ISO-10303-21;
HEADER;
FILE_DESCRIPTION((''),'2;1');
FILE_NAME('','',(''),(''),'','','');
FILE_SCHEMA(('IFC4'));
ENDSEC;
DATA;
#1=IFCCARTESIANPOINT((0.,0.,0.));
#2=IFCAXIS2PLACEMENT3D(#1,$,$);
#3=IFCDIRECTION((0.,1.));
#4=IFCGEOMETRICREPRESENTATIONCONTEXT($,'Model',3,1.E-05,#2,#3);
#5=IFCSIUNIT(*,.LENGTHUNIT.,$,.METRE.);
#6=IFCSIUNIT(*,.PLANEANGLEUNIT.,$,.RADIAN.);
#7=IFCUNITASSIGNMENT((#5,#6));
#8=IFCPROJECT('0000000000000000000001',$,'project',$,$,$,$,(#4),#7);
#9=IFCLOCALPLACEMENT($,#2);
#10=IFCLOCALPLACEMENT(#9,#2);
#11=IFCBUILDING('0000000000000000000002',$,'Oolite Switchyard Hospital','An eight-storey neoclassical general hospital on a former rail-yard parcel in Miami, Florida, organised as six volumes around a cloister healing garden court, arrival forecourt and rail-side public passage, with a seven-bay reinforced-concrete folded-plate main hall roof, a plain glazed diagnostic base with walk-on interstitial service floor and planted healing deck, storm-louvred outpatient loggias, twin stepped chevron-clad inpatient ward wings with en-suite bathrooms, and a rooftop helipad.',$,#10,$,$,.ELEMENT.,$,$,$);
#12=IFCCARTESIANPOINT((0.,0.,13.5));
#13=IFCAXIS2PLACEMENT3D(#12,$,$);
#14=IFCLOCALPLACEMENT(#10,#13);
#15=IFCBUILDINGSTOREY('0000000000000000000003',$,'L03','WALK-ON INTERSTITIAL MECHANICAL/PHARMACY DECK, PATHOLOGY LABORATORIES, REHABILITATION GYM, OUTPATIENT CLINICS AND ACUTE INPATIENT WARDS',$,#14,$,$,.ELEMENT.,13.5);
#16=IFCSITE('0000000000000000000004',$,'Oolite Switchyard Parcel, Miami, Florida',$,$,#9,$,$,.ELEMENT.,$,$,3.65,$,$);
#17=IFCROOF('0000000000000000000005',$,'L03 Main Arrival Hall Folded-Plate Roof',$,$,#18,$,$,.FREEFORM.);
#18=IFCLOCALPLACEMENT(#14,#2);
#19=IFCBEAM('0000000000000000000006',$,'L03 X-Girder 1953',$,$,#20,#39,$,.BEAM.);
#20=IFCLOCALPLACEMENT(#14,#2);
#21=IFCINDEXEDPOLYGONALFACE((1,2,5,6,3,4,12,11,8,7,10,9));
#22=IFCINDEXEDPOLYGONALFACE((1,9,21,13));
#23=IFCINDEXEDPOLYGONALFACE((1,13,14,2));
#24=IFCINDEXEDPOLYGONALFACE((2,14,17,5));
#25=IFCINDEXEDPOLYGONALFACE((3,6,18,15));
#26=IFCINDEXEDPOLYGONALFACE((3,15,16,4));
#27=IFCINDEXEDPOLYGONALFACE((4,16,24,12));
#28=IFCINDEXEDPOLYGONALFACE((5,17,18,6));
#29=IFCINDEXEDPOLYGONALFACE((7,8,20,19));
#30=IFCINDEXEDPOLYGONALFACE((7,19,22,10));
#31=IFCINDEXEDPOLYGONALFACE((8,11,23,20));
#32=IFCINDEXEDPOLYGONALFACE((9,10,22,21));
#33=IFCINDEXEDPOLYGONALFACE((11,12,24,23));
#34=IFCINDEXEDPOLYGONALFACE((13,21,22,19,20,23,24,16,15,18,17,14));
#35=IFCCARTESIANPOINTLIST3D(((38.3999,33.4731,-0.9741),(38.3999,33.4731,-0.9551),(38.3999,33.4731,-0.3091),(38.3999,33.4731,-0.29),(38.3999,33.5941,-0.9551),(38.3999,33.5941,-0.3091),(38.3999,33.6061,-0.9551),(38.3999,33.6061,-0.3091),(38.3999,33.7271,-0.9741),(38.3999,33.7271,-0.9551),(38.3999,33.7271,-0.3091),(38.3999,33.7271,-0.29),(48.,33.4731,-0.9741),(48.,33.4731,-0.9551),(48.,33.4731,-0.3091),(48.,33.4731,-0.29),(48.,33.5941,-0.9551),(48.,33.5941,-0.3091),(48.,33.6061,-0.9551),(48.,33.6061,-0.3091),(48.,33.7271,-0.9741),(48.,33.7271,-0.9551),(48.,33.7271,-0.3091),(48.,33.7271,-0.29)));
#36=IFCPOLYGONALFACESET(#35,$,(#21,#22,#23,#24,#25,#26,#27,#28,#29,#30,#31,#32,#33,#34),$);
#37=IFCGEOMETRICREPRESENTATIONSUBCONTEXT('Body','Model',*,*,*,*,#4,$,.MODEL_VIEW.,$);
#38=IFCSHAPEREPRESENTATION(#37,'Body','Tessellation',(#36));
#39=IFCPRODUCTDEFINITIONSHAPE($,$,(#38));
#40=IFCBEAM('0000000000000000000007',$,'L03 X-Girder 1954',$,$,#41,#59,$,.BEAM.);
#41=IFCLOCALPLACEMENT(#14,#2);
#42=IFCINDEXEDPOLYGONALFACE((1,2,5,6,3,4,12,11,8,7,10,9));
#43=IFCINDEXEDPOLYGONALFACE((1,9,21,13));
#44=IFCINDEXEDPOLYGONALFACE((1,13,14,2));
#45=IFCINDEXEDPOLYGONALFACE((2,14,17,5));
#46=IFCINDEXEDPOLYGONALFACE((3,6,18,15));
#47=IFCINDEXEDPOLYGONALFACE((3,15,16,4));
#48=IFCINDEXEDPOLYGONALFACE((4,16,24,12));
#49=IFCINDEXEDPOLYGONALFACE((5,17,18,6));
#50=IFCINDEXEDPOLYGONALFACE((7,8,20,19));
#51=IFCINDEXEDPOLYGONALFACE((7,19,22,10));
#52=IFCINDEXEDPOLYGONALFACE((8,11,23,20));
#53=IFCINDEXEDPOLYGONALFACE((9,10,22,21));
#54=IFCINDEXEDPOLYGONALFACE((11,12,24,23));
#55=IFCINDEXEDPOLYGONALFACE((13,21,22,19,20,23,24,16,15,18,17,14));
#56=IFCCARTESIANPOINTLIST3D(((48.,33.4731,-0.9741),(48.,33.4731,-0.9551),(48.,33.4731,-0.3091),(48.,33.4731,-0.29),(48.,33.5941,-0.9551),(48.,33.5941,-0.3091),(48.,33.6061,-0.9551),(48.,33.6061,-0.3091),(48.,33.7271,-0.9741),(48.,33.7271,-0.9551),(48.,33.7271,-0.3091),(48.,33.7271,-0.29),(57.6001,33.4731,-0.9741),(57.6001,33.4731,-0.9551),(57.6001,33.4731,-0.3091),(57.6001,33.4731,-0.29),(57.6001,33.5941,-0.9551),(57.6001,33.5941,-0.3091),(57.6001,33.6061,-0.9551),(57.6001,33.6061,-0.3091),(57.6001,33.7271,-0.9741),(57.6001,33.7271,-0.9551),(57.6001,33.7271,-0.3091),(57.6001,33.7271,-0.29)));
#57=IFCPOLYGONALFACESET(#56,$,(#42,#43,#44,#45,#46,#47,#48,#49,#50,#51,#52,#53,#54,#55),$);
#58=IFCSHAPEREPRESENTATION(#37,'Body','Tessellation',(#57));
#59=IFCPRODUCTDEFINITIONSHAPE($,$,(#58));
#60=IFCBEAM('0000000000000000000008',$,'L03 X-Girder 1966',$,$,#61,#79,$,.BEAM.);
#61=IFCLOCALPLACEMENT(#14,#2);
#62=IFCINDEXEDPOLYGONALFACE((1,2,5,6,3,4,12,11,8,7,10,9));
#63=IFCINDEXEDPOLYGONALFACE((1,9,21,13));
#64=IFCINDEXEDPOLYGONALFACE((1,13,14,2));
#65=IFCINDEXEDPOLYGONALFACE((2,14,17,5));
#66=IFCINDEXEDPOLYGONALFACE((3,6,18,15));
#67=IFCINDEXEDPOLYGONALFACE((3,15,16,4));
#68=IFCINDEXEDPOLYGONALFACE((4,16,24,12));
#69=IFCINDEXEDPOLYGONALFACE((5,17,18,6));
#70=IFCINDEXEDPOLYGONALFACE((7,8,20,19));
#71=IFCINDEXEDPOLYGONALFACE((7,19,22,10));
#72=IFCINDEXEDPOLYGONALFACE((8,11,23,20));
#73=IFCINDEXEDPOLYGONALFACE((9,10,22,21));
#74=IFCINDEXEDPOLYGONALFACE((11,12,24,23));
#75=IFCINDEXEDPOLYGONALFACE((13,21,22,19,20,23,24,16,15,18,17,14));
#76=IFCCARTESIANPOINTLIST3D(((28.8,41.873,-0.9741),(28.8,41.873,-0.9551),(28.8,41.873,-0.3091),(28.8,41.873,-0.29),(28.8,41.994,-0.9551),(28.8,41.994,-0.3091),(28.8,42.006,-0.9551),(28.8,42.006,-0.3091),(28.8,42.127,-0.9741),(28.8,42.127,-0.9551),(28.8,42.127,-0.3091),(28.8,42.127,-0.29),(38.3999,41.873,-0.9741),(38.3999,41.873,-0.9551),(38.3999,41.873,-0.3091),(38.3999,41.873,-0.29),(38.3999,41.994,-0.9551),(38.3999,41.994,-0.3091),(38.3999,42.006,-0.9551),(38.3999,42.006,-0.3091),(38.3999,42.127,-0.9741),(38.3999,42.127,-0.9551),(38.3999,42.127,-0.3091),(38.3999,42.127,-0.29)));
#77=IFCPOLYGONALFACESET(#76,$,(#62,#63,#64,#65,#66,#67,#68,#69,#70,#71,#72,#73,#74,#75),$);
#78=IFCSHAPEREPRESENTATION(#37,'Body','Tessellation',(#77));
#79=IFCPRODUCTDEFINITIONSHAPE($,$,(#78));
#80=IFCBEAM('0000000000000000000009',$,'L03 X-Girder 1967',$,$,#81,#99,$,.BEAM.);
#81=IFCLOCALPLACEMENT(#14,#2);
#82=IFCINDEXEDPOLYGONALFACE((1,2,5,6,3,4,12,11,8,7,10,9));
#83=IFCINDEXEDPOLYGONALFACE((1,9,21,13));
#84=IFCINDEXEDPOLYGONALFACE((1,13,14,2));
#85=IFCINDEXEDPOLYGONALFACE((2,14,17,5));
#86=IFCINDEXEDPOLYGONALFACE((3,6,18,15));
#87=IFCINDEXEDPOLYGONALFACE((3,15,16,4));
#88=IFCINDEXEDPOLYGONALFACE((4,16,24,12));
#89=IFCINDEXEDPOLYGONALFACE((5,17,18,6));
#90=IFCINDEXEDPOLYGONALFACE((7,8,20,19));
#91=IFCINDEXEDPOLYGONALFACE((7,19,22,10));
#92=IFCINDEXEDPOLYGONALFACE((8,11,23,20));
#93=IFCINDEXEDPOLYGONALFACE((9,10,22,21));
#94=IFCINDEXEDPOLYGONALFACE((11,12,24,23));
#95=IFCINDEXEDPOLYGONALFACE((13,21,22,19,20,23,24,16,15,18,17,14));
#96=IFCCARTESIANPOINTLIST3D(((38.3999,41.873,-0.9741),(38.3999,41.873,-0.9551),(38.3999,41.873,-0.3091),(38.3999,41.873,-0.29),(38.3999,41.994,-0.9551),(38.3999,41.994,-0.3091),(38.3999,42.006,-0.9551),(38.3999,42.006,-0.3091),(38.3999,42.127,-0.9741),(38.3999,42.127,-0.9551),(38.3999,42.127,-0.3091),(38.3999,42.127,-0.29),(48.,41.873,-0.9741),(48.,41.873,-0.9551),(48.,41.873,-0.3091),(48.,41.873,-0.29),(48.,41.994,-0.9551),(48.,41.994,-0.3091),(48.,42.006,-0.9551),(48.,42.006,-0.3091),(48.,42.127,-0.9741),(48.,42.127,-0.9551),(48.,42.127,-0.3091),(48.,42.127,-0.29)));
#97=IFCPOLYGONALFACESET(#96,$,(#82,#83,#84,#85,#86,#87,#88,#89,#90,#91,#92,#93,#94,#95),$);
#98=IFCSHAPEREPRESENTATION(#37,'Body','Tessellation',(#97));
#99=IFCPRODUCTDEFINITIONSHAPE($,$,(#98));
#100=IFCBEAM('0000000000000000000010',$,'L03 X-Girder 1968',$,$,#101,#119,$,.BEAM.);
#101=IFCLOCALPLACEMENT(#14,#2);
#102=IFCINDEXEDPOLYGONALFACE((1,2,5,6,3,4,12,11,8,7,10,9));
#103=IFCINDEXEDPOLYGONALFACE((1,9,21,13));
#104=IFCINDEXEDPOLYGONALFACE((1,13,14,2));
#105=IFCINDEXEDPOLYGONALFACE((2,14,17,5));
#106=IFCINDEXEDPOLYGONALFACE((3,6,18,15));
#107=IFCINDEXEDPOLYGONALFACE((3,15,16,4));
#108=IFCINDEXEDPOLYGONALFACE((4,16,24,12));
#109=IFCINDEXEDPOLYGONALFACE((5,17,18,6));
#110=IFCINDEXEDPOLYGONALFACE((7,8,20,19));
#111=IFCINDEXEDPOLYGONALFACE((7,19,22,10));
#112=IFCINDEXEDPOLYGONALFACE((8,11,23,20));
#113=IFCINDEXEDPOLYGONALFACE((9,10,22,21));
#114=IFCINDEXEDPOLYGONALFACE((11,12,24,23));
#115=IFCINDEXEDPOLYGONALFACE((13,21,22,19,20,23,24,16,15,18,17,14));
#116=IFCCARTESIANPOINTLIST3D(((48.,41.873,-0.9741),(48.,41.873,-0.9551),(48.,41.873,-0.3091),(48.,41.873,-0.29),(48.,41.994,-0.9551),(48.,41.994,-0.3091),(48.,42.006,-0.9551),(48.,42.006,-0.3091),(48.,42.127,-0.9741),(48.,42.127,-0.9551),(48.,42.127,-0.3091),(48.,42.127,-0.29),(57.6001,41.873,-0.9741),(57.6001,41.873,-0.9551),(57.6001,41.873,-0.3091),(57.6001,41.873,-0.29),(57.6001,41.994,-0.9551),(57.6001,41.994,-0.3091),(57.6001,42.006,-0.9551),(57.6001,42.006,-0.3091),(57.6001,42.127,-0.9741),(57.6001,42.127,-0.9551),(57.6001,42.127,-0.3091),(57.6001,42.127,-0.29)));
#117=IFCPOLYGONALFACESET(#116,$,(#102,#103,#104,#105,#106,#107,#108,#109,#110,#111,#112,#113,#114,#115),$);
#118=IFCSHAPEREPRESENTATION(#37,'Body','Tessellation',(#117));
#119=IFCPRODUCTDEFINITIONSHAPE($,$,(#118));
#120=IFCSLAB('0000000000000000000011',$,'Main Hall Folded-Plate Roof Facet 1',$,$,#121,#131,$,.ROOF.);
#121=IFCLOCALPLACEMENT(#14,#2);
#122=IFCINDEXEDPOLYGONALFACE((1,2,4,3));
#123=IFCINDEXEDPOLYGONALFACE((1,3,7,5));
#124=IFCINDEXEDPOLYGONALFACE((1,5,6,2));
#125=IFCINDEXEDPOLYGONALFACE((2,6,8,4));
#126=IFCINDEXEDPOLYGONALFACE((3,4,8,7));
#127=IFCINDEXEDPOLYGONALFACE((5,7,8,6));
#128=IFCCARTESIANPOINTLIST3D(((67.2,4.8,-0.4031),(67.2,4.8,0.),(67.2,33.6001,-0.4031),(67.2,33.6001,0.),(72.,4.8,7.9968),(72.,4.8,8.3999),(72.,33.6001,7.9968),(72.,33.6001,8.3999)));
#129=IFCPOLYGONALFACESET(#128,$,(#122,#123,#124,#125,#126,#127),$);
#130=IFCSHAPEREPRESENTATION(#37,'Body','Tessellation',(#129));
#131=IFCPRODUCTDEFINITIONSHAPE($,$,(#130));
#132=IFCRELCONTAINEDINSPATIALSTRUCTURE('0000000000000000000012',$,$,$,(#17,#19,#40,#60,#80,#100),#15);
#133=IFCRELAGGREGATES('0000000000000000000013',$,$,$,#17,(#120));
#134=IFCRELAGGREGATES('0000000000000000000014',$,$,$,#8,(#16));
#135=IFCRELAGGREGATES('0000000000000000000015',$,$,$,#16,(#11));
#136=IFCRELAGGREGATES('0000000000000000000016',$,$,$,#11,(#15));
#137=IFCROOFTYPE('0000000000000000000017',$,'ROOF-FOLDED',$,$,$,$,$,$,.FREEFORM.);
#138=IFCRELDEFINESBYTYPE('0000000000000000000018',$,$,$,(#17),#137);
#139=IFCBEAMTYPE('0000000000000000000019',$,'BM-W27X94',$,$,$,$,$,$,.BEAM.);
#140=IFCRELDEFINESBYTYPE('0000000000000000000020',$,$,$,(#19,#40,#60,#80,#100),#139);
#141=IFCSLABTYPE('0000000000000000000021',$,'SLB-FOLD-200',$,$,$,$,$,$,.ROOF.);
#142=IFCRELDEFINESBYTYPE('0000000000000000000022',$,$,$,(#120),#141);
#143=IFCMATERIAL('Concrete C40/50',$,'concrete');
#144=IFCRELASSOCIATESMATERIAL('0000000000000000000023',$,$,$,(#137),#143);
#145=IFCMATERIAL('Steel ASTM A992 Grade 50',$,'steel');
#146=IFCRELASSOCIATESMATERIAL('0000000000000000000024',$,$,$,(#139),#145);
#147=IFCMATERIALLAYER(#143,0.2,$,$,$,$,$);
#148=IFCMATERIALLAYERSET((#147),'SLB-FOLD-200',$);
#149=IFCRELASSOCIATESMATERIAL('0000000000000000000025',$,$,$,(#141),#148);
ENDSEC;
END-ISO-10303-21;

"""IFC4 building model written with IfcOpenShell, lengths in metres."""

from ifc_helpers import new_model, si_unit, direction, frame, origin, origin_2d, place, context, subcontext, project, spatial, polyline, i_section, outline, extrude, material, layer, layer_set, material_profile, profile_set, type_object, element, aggregate, save


model = new_model("IFC4")

# Units and contexts
model_context = context("Model", 3, precision=1e-05, world=origin(), true_north=direction((0.0, 1.0)))
body_context = subcontext(model_context, "Body", "Model", "MODEL_VIEW")
ifc_project = project(units=[si_unit("LENGTHUNIT", "METRE"), si_unit("PLANEANGLEUNIT", "RADIAN")], contexts=[model_context])

# Site, building, storey
site_placement = place(None, origin())
site = spatial("IfcSite", under=ifc_project, at=site_placement, Name="Oolite Switchyard Parcel, Miami, Florida", CompositionType="ELEMENT", RefElevation=3.65)
building_placement = place(site_placement, origin())
building = spatial("IfcBuilding", under=site, at=building_placement, Name="Oolite Switchyard Hospital", Description="An eight-storey neoclassical general hospital on a former rail-yard parcel in Miami, Florida, organised as six volumes around a cloister healing garden court, arrival forecourt and rail-side public passage, with a seven-bay reinforced-concrete folded-plate main hall roof, a plain glazed diagnostic base with walk-on interstitial service floor and planted healing deck, storm-louvred outpatient loggias, twin stepped chevron-clad inpatient ward wings with en-suite bathrooms, and a rooftop helipad.", CompositionType="ELEMENT")
storey_placement = place(building_placement, frame((0.0, 0.0, 13.5)))
storey = spatial("IfcBuildingStorey", under=building, at=storey_placement, Name="L03", Description="WALK-ON INTERSTITIAL MECHANICAL/PHARMACY DECK, PATHOLOGY LABORATORIES, REHABILITATION GYM, OUTPATIENT CLINICS AND ACUTE INPATIENT WARDS", CompositionType="ELEMENT", Elevation=13.5)

# Roof
ifc_material_1 = material(Name="Concrete C40/50", Category="concrete")
roof_type = type_object("IfcRoofType", Name="ROOF-FOLDED", PredefinedType="FREEFORM", material=ifc_material_1)
roof_placement = place(storey_placement, origin())
roof = element("IfcRoof", 1, at=roof_placement, inside=storey, type_object=roof_type, Name="L03 Main Arrival Hall Folded-Plate Roof", PredefinedType="FREEFORM")

# Beams
ifc_material_2 = material(Name="Steel ASTM A992 Grade 50", Category="steel")
ifc_material_profile_1 = material_profile(ifc_material_2, i_section(OverallWidth=0.2539, OverallDepth=0.6841, WebThickness=0.012, FlangeThickness=0.019, at=origin_2d()), Name="W27X94")
ifc_profile_set_1 = profile_set([ifc_material_profile_1], Name="Steel ASTM A992 Grade 50")
beam_type_1 = type_object("IfcBeamType", Name="BM-W27X94", PredefinedType="BEAM", material=ifc_profile_set_1)
for number, where, z_axis, x_axis, name in (
    (2, (38.3999, 33.6001, -0.6321), (1.0, 0.0, 0.0), (0.0, 1.0, 0.0), "L03 X-Girder 1953"),
    (3, (48.0, 33.6001, -0.6321), (1.0, 0.0, 0.0), (0.0, 1.0, 0.0), "L03 X-Girder 1954"),
):
    element("IfcBeam", number, at=place(storey_placement, frame(where, z_axis=z_axis, x_axis=x_axis)), inside=storey, type_object=beam_type_1, Name=name, PredefinedType="BEAM", context=body_context, shape_type="SweptSolid", body=[
        extrude(i_section(OverallWidth=0.2539, OverallDepth=0.6841, WebThickness=0.012, FlangeThickness=0.019, at=origin_2d()), origin(), (0.0, 0.0, 1.0), 9.6001),
    ])
beam_1_placement = place(storey_placement, frame((28.8, 42.0, -0.6321), z_axis=(1.0, 0.0, 0.0), x_axis=(0.0, 1.0, 0.0)))
element("IfcBeam", 4, at=beam_1_placement, inside=storey, type_object=beam_type_1, Name="L03 X-Girder 1966", PredefinedType="BEAM", context=body_context, shape_type="SweptSolid", body=[
    extrude(i_section(OverallWidth=0.2539, OverallDepth=0.6841, WebThickness=0.012, FlangeThickness=0.019, at=origin_2d()), origin(), (0.0, 0.0, 1.0), 9.5999),
])
for number, where, z_axis, x_axis, name in (
    (5, (38.3999, 42.0, -0.6321), (1.0, 0.0, 0.0), (0.0, 1.0, 0.0), "L03 X-Girder 1967"),
    (6, (48.0, 42.0, -0.6321), (1.0, 0.0, 0.0), (0.0, 1.0, 0.0), "L03 X-Girder 1968"),
):
    element("IfcBeam", number, at=place(storey_placement, frame(where, z_axis=z_axis, x_axis=x_axis)), inside=storey, type_object=beam_type_1, Name=name, PredefinedType="BEAM", context=body_context, shape_type="SweptSolid", body=[
        extrude(i_section(OverallWidth=0.2539, OverallDepth=0.6841, WebThickness=0.012, FlangeThickness=0.019, at=origin_2d()), origin(), (0.0, 0.0, 1.0), 9.6001),
    ])

# Slab
ifc_layer = layer(ifc_material_1, 0.2)
ifc_layer_set = layer_set([ifc_layer], Name="SLB-FOLD-200")
slab_type = type_object("IfcSlabType", Name="SLB-FOLD-200", PredefinedType="ROOF", material=ifc_layer_set)
slab_placement = place(storey_placement, frame((67.2, 4.8, 0.0), z_axis=(-0.868238, 0.0, 0.496147), x_axis=(0.496147, 0.0, 0.868238)))
slab = element("IfcSlab", 7, at=slab_placement, type_object=slab_type, Name="Main Hall Folded-Plate Roof Facet 1", PredefinedType="ROOF", context=body_context, shape_type="SweptSolid", body=[
    extrude(outline(polyline([(0.0, 0.0), (9.6746, 0.0), (9.6746, 28.8), (0.0, 28.8), (0.0, 0.0)])), origin(), (-0.868238, 0.0, -0.496147), 0.4031),
])
aggregate(roof, [slab])

save(model, "model.ifc")
